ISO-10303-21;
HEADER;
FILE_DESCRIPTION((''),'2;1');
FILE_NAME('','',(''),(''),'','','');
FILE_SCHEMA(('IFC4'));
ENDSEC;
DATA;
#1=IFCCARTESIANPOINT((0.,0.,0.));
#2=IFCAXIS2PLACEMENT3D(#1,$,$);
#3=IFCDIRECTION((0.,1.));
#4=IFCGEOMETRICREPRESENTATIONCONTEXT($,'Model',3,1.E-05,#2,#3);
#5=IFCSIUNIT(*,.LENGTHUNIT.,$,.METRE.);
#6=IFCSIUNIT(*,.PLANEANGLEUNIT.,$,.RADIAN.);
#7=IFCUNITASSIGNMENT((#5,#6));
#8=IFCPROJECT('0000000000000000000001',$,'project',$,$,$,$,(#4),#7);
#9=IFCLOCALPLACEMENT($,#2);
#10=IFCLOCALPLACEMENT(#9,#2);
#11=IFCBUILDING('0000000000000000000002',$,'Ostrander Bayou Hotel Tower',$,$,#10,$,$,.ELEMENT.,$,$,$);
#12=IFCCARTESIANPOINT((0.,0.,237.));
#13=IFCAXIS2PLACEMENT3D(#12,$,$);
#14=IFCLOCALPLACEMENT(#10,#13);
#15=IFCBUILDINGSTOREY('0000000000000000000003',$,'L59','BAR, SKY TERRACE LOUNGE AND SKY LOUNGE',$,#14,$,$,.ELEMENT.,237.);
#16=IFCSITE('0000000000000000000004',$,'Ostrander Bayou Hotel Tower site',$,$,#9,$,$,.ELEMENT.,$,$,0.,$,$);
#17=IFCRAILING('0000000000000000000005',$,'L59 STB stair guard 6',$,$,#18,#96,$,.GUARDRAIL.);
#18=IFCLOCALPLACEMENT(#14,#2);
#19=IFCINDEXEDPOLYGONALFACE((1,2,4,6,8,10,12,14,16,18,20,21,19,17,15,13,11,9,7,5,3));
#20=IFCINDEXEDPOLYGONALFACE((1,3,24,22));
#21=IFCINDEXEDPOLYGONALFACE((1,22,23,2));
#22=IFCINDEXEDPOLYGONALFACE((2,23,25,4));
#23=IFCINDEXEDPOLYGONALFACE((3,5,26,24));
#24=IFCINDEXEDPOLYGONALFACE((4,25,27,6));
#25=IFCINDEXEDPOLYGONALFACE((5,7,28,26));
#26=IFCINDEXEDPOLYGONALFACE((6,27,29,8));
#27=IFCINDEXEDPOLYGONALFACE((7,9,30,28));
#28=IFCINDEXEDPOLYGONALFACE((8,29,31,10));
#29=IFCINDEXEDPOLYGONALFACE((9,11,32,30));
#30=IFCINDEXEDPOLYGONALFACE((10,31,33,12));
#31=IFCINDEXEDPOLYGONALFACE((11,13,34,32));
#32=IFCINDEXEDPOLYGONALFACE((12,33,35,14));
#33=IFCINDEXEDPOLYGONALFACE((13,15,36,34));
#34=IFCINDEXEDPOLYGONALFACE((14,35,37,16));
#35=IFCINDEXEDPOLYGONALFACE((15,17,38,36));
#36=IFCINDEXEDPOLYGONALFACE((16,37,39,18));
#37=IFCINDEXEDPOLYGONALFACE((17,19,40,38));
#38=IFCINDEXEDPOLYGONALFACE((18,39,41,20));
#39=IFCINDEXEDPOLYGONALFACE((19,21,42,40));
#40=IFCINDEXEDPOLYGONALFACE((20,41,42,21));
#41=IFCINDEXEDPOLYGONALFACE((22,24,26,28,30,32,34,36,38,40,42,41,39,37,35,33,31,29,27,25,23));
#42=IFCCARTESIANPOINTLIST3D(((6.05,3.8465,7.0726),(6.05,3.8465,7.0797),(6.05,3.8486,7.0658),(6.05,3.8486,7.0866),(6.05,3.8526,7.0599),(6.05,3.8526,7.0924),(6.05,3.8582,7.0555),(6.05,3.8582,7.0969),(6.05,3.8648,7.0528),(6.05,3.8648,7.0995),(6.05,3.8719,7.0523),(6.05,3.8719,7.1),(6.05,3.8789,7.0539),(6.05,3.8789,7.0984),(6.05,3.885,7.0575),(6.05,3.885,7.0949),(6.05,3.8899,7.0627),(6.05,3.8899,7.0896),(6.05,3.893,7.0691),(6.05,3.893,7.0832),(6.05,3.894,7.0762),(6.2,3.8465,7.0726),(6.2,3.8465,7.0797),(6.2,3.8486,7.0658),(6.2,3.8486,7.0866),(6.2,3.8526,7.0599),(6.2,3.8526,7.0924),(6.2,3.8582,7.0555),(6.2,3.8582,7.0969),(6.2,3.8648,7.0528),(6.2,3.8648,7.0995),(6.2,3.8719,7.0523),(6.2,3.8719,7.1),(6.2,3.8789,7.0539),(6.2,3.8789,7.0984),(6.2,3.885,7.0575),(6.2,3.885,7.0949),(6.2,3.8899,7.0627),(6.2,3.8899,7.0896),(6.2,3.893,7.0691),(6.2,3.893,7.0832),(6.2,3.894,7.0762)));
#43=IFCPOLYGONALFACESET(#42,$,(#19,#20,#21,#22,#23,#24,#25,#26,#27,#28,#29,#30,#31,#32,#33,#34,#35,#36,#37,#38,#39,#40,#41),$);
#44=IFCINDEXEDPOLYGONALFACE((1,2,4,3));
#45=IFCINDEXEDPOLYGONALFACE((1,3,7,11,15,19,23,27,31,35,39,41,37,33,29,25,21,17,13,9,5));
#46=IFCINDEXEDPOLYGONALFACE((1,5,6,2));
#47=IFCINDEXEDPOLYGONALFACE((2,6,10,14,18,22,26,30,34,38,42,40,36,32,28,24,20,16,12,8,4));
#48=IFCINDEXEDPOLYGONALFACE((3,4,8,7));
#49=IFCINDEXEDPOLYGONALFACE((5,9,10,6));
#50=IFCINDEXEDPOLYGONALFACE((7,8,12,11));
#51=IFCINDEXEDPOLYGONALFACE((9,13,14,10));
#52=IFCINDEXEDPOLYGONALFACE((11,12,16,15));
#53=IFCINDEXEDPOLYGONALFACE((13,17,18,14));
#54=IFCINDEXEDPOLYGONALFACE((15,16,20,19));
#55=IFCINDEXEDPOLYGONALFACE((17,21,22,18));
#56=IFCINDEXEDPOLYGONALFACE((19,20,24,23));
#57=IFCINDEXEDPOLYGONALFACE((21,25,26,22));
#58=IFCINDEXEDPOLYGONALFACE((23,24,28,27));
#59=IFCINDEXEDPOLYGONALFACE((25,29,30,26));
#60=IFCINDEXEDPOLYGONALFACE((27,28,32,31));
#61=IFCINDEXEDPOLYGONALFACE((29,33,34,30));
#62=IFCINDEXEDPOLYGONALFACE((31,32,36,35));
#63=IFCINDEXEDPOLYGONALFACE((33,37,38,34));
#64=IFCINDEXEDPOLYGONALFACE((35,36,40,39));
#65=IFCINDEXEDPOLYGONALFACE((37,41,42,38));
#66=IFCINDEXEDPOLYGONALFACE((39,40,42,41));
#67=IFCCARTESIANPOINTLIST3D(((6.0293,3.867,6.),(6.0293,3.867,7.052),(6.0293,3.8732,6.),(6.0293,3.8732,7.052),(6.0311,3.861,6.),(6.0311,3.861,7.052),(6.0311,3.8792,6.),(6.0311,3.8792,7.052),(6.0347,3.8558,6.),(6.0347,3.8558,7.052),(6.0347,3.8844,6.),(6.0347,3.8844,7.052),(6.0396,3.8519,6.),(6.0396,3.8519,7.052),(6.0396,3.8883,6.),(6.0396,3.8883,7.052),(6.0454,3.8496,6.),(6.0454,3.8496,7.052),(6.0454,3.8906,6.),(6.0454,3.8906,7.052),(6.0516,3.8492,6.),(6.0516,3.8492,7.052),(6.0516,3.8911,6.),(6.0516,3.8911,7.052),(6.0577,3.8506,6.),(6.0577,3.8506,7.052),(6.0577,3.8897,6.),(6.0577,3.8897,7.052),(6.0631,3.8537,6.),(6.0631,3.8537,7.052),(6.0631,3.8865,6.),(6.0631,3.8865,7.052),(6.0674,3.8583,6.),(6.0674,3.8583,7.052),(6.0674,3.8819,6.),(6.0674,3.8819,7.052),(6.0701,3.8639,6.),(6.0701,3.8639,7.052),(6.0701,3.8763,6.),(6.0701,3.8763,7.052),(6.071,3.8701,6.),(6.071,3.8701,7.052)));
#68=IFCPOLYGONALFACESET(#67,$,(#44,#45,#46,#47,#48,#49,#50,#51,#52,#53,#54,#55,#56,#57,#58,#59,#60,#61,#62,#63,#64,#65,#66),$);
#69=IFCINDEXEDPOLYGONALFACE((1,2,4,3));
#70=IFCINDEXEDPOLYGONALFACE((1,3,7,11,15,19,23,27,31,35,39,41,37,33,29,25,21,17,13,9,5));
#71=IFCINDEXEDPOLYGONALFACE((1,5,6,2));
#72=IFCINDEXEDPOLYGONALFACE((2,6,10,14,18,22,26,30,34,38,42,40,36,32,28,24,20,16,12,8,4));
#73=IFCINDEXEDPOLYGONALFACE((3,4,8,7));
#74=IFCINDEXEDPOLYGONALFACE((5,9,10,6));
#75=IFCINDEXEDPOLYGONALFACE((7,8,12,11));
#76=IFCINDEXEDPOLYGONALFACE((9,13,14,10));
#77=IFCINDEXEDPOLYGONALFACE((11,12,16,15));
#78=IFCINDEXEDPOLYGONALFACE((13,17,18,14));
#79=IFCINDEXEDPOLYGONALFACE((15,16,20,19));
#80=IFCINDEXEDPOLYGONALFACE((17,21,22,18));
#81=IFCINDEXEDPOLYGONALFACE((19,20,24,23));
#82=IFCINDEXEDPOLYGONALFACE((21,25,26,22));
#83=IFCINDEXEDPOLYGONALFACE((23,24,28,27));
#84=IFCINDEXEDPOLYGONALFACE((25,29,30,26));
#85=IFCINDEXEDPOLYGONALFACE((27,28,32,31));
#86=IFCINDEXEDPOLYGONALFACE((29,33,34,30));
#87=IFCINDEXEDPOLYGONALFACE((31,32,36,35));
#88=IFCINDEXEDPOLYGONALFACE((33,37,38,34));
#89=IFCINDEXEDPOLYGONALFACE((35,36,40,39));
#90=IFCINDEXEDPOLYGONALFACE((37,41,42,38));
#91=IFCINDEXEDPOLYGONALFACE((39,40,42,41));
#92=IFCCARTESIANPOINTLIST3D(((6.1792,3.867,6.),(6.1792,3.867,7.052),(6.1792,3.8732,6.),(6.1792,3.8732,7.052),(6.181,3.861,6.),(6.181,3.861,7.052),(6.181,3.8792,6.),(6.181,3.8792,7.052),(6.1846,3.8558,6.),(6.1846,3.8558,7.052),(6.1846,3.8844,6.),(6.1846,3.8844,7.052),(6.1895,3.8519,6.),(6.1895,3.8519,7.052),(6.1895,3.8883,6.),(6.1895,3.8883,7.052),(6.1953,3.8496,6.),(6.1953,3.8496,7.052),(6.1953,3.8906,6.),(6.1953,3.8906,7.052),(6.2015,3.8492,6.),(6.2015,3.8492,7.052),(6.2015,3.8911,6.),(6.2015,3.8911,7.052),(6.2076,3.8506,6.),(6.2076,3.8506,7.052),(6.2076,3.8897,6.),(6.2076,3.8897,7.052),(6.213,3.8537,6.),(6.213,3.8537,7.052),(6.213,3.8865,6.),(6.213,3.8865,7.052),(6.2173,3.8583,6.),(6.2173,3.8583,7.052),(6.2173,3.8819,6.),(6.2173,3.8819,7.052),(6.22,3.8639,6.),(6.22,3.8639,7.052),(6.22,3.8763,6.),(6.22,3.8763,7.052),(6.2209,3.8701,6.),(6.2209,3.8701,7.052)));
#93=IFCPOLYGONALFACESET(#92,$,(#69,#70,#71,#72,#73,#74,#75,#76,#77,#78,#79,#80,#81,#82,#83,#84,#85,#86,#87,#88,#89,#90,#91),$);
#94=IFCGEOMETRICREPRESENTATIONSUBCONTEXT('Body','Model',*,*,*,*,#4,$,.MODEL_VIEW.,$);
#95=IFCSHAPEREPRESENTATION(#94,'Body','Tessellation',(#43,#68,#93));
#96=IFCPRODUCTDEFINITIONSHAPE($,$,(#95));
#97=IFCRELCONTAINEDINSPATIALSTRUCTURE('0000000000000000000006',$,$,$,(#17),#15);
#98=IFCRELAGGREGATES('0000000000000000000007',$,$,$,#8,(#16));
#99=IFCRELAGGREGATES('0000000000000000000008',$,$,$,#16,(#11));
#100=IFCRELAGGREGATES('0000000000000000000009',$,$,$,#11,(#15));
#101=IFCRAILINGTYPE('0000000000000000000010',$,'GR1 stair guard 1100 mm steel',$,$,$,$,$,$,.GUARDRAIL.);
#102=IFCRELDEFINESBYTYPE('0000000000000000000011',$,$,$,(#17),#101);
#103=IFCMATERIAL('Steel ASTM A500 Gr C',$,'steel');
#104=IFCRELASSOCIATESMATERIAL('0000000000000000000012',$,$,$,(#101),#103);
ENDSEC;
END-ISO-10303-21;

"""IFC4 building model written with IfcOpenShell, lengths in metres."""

from ifc_helpers import new_model, si_unit, direction, frame, origin, origin_2d, place, context, subcontext, project, spatial, circle, extrude, material, type_object, element, save


model = new_model("IFC4")

# Units and contexts
model_context = context("Model", 3, precision=1e-05, world=origin(), true_north=direction((0.0, 1.0)))
body_context = subcontext(model_context, "Body", "Model", "MODEL_VIEW")
ifc_project = project(units=[si_unit("LENGTHUNIT", "METRE"), si_unit("PLANEANGLEUNIT", "RADIAN")], contexts=[model_context])

# Site, building, storey
site_placement = place(None, origin())
site = spatial("IfcSite", under=ifc_project, at=site_placement, Name="Ostrander Bayou Hotel Tower site", CompositionType="ELEMENT", RefElevation=0.0)
building_placement = place(site_placement, origin())
building = spatial("IfcBuilding", under=site, at=building_placement, Name="Ostrander Bayou Hotel Tower", CompositionType="ELEMENT")
storey_placement = place(building_placement, frame((0.0, 0.0, 237.0)))
storey = spatial("IfcBuildingStorey", under=building, at=storey_placement, Name="L59", Description="BAR, SKY TERRACE LOUNGE AND SKY LOUNGE", CompositionType="ELEMENT", Elevation=237.0)

# Railing
ifc_material_1 = material(Name="Steel ASTM A500 Gr C", Category="steel")
railing_type_1 = type_object("IfcRailingType", Name="GR1 stair guard 1100 mm steel", PredefinedType="GUARDRAIL", material=ifc_material_1)
railing_1_placement = place(storey_placement, frame((6.05, 3.8701, 6.0)))
element("IfcRailing", 1, at=railing_1_placement, inside=storey, type_object=railing_type_1, Name="L59 STB stair guard 6", PredefinedType="GUARDRAIL", context=body_context, shape_type="SweptSolid", body=[
    extrude(circle(Radius=0.0239, at=origin_2d()), frame((0.0, 0.0, 1.0762), z_axis=(1.0, 0.0, 0.0), x_axis=(0.0, 1.0, 0.0)), (0.0, 0.0, 1.0), 0.1499),
    extrude(circle(Radius=0.021, at=origin_2d()), origin(), (0.0, 0.0, 1.0), 1.052),
    extrude(circle(Radius=0.021, at=origin_2d()), frame((0.1499, 0.0, 0.0)), (0.0, 0.0, 1.0), 1.052),
])

save(model, "model.ifc")
